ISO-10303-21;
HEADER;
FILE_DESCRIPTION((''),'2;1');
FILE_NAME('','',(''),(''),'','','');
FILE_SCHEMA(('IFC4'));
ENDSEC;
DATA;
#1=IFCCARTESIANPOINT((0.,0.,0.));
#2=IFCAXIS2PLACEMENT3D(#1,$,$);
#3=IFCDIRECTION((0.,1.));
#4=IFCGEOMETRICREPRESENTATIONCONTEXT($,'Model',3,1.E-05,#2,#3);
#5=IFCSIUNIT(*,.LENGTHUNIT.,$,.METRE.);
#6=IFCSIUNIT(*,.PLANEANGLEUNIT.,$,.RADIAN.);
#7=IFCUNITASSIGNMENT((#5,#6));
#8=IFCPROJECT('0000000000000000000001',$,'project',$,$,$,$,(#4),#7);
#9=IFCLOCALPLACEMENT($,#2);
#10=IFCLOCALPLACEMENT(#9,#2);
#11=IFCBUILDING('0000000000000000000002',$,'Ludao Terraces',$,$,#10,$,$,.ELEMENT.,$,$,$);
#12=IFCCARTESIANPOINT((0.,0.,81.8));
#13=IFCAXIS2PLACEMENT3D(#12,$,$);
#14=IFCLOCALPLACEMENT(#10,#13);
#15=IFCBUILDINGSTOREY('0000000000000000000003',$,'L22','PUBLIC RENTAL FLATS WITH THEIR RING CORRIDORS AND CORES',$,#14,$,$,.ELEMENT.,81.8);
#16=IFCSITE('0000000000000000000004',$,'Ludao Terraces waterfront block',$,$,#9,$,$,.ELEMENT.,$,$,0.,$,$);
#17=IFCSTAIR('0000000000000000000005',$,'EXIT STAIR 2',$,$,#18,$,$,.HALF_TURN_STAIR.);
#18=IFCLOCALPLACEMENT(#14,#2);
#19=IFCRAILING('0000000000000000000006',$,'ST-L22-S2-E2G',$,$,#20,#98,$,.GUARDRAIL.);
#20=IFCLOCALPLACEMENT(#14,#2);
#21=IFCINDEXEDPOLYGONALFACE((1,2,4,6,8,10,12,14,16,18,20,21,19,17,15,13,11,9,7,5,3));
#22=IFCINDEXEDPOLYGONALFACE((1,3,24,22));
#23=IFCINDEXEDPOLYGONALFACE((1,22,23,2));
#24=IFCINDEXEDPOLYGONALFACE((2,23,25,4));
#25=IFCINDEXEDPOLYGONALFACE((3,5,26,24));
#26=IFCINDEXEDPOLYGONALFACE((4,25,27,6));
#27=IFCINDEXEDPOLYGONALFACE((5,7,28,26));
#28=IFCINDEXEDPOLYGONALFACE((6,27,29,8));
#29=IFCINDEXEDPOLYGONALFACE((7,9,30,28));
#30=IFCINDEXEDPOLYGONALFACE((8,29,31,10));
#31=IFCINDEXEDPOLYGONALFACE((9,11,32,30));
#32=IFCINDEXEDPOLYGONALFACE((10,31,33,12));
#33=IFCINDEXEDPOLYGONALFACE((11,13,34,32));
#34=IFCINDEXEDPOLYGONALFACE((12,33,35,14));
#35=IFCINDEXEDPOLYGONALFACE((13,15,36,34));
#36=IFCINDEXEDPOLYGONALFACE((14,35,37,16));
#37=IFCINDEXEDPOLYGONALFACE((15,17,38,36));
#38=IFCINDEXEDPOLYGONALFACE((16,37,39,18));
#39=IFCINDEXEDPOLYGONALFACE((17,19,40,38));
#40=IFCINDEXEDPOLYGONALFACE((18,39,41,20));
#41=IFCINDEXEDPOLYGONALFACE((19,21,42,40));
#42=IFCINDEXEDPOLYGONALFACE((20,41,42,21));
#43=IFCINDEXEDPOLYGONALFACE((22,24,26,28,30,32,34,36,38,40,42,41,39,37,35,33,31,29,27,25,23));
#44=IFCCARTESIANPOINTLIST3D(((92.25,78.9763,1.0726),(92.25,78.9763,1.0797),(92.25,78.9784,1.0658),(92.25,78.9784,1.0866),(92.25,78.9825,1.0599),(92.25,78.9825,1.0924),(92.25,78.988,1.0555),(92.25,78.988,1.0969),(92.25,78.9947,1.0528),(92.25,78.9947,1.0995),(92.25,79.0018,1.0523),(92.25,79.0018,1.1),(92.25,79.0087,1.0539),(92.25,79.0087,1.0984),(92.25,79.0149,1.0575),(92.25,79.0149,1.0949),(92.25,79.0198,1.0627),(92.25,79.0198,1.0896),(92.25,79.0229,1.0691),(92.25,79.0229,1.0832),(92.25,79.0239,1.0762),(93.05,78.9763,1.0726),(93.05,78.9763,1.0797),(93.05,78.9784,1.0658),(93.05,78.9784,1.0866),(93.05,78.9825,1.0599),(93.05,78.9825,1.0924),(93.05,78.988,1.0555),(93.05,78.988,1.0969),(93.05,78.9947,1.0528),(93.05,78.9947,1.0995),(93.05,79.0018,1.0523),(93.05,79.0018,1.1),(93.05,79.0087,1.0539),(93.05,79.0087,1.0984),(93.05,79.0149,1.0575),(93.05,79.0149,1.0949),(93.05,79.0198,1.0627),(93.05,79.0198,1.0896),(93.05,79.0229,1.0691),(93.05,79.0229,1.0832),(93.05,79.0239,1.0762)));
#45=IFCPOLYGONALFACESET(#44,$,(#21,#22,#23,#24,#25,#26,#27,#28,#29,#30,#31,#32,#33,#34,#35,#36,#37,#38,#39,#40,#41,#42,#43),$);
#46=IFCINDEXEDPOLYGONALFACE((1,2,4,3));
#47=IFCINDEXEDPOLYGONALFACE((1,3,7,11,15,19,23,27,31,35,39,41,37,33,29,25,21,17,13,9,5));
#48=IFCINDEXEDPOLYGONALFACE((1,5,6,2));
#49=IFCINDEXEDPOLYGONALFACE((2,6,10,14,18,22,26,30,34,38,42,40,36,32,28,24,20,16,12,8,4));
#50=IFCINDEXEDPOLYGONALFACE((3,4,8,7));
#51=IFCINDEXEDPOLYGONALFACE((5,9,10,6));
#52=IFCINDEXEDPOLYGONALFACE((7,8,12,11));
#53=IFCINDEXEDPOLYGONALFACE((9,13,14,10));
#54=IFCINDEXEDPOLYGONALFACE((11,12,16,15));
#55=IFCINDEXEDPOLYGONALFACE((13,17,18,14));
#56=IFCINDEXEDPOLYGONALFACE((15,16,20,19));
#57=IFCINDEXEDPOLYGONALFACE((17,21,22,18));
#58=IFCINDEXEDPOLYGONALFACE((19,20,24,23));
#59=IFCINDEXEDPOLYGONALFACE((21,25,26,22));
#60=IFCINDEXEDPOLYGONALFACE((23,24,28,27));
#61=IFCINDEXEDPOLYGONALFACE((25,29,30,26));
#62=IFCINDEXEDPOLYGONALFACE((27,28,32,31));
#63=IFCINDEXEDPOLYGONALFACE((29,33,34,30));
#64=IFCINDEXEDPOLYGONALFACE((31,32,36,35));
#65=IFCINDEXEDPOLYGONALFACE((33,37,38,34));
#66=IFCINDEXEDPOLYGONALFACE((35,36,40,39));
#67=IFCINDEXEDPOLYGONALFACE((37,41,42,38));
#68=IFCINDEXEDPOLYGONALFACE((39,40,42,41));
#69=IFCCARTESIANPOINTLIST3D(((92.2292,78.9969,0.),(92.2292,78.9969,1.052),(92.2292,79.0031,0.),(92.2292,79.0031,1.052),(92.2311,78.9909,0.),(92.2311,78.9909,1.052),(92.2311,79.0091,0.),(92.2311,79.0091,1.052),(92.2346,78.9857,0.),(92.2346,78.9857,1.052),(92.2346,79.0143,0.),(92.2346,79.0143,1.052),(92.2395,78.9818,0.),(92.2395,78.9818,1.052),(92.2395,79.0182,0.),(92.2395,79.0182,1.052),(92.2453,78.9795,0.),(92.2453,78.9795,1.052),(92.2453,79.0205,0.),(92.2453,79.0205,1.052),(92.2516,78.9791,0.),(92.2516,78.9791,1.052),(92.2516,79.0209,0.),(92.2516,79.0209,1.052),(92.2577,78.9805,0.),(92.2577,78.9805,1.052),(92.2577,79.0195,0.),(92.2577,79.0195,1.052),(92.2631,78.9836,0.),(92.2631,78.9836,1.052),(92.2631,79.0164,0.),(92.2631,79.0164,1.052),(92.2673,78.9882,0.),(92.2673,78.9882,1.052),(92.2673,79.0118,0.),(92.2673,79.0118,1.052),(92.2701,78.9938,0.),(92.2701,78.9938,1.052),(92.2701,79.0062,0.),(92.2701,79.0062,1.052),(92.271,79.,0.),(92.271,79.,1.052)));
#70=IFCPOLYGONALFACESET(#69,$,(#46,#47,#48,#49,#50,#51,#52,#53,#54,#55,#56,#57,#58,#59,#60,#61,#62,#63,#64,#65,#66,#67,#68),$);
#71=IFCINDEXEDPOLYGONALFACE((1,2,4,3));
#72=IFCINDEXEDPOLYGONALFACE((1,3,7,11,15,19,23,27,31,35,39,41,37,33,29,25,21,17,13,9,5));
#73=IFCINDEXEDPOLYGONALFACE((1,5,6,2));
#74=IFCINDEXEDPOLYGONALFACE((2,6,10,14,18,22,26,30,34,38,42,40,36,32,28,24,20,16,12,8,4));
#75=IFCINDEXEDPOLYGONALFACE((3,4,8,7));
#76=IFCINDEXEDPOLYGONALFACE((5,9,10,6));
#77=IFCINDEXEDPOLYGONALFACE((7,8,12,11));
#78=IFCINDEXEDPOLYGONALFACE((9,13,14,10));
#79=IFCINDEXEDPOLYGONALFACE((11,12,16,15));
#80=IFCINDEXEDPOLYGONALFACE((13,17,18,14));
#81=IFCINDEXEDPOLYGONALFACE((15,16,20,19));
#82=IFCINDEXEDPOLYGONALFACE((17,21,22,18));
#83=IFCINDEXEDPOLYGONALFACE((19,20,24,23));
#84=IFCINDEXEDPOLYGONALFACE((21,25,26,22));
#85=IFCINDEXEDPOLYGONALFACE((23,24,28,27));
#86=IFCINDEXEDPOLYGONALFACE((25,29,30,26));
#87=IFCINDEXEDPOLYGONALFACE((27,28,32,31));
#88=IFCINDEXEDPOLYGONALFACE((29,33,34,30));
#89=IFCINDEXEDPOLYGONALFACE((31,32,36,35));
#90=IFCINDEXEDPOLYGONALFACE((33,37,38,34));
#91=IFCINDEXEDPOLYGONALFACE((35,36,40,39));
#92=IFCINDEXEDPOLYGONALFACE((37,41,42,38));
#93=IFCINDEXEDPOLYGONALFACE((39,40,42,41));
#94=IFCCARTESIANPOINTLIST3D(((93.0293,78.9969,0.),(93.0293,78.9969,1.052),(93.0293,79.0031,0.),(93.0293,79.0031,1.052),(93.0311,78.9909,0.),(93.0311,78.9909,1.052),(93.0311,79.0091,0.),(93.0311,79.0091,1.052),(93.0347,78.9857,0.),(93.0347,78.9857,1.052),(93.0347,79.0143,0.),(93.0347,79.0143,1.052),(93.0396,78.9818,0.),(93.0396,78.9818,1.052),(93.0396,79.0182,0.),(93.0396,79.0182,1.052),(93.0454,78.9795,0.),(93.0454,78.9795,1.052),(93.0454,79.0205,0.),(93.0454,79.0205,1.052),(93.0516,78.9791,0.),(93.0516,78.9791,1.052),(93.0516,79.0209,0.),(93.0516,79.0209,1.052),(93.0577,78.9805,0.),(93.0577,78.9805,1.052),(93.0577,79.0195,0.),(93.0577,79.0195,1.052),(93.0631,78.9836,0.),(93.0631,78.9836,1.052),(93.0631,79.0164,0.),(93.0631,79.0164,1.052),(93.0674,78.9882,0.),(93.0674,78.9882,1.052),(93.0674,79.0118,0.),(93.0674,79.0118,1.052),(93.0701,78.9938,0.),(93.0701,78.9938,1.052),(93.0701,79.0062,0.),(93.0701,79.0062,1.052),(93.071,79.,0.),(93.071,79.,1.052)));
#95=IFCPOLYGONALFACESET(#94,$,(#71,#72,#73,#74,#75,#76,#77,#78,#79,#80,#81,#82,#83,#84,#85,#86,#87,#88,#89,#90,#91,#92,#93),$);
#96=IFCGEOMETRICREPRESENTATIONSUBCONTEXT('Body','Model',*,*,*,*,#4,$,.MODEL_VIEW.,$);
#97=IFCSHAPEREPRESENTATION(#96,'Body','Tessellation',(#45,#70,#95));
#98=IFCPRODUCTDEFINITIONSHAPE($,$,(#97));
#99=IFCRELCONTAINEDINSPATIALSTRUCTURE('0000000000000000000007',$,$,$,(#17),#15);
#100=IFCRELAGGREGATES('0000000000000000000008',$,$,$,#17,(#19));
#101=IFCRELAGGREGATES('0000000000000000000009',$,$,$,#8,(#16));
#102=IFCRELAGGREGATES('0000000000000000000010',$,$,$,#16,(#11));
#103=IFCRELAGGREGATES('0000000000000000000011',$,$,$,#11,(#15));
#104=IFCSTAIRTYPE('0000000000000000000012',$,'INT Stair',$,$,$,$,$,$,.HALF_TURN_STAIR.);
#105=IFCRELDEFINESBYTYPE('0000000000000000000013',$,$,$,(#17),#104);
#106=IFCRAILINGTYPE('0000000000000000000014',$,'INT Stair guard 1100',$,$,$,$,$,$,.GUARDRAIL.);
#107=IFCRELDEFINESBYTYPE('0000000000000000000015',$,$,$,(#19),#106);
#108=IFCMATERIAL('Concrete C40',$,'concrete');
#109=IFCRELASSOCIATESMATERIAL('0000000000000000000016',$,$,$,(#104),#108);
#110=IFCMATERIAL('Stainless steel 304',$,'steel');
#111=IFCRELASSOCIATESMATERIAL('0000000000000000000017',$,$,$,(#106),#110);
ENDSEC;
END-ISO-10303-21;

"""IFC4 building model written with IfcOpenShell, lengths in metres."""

from ifc_helpers import new_model, si_unit, direction, frame, origin, origin_2d, place, context, subcontext, project, spatial, circle, extrude, material, type_object, element, aggregate, save


model = new_model("IFC4")

# Units and contexts
model_context = context("Model", 3, precision=1e-05, world=origin(), true_north=direction((0.0, 1.0)))
body_context = subcontext(model_context, "Body", "Model", "MODEL_VIEW")
ifc_project = project(units=[si_unit("LENGTHUNIT", "METRE"), si_unit("PLANEANGLEUNIT", "RADIAN")], contexts=[model_context])

# Site, building, storey
site_placement = place(None, origin())
site = spatial("IfcSite", under=ifc_project, at=site_placement, Name="Ludao Terraces waterfront block", CompositionType="ELEMENT", RefElevation=0.0)
building_placement = place(site_placement, origin())
building = spatial("IfcBuilding", under=site, at=building_placement, Name="Ludao Terraces", CompositionType="ELEMENT")
storey_placement = place(building_placement, frame((0.0, 0.0, 81.8)))
storey = spatial("IfcBuildingStorey", under=building, at=storey_placement, Name="L22", Description="PUBLIC RENTAL FLATS WITH THEIR RING CORRIDORS AND CORES", CompositionType="ELEMENT", Elevation=81.8)

# Stair, railing
ifc_material_1 = material(Name="Concrete C40", Category="concrete")
stair_type = type_object("IfcStairType", Name="INT Stair", PredefinedType="HALF_TURN_STAIR", material=ifc_material_1)
stair_placement = place(storey_placement, origin())
stair = element("IfcStair", 1, at=stair_placement, inside=storey, type_object=stair_type, Name="EXIT STAIR 2", PredefinedType="HALF_TURN_STAIR")
ifc_material_2 = material(Name="Stainless steel 304", Category="steel")
railing_type_1 = type_object("IfcRailingType", Name="INT Stair guard 1100", PredefinedType="GUARDRAIL", material=ifc_material_2)
railing_1_placement = place(storey_placement, frame((92.25, 79.0, 0.0)))
railing_1 = element("IfcRailing", 2, at=railing_1_placement, type_object=railing_type_1, Name="ST-L22-S2-E2G", PredefinedType="GUARDRAIL", context=body_context, shape_type="SweptSolid", body=[
    extrude(circle(Radius=0.0239, at=origin_2d()), frame((0.0, 0.0, 1.0762), z_axis=(1.0, 0.0, 0.0), x_axis=(0.0, 1.0, 0.0)), (0.0, 0.0, 1.0), 0.8),
    extrude(circle(Radius=0.021, at=origin_2d()), origin(), (0.0, 0.0, 1.0), 1.052),
    extrude(circle(Radius=0.021, at=origin_2d()), frame((0.8, 0.0, 0.0)), (0.0, 0.0, 1.0), 1.052),
])
aggregate(stair, [railing_1])

save(model, "model.ifc")
